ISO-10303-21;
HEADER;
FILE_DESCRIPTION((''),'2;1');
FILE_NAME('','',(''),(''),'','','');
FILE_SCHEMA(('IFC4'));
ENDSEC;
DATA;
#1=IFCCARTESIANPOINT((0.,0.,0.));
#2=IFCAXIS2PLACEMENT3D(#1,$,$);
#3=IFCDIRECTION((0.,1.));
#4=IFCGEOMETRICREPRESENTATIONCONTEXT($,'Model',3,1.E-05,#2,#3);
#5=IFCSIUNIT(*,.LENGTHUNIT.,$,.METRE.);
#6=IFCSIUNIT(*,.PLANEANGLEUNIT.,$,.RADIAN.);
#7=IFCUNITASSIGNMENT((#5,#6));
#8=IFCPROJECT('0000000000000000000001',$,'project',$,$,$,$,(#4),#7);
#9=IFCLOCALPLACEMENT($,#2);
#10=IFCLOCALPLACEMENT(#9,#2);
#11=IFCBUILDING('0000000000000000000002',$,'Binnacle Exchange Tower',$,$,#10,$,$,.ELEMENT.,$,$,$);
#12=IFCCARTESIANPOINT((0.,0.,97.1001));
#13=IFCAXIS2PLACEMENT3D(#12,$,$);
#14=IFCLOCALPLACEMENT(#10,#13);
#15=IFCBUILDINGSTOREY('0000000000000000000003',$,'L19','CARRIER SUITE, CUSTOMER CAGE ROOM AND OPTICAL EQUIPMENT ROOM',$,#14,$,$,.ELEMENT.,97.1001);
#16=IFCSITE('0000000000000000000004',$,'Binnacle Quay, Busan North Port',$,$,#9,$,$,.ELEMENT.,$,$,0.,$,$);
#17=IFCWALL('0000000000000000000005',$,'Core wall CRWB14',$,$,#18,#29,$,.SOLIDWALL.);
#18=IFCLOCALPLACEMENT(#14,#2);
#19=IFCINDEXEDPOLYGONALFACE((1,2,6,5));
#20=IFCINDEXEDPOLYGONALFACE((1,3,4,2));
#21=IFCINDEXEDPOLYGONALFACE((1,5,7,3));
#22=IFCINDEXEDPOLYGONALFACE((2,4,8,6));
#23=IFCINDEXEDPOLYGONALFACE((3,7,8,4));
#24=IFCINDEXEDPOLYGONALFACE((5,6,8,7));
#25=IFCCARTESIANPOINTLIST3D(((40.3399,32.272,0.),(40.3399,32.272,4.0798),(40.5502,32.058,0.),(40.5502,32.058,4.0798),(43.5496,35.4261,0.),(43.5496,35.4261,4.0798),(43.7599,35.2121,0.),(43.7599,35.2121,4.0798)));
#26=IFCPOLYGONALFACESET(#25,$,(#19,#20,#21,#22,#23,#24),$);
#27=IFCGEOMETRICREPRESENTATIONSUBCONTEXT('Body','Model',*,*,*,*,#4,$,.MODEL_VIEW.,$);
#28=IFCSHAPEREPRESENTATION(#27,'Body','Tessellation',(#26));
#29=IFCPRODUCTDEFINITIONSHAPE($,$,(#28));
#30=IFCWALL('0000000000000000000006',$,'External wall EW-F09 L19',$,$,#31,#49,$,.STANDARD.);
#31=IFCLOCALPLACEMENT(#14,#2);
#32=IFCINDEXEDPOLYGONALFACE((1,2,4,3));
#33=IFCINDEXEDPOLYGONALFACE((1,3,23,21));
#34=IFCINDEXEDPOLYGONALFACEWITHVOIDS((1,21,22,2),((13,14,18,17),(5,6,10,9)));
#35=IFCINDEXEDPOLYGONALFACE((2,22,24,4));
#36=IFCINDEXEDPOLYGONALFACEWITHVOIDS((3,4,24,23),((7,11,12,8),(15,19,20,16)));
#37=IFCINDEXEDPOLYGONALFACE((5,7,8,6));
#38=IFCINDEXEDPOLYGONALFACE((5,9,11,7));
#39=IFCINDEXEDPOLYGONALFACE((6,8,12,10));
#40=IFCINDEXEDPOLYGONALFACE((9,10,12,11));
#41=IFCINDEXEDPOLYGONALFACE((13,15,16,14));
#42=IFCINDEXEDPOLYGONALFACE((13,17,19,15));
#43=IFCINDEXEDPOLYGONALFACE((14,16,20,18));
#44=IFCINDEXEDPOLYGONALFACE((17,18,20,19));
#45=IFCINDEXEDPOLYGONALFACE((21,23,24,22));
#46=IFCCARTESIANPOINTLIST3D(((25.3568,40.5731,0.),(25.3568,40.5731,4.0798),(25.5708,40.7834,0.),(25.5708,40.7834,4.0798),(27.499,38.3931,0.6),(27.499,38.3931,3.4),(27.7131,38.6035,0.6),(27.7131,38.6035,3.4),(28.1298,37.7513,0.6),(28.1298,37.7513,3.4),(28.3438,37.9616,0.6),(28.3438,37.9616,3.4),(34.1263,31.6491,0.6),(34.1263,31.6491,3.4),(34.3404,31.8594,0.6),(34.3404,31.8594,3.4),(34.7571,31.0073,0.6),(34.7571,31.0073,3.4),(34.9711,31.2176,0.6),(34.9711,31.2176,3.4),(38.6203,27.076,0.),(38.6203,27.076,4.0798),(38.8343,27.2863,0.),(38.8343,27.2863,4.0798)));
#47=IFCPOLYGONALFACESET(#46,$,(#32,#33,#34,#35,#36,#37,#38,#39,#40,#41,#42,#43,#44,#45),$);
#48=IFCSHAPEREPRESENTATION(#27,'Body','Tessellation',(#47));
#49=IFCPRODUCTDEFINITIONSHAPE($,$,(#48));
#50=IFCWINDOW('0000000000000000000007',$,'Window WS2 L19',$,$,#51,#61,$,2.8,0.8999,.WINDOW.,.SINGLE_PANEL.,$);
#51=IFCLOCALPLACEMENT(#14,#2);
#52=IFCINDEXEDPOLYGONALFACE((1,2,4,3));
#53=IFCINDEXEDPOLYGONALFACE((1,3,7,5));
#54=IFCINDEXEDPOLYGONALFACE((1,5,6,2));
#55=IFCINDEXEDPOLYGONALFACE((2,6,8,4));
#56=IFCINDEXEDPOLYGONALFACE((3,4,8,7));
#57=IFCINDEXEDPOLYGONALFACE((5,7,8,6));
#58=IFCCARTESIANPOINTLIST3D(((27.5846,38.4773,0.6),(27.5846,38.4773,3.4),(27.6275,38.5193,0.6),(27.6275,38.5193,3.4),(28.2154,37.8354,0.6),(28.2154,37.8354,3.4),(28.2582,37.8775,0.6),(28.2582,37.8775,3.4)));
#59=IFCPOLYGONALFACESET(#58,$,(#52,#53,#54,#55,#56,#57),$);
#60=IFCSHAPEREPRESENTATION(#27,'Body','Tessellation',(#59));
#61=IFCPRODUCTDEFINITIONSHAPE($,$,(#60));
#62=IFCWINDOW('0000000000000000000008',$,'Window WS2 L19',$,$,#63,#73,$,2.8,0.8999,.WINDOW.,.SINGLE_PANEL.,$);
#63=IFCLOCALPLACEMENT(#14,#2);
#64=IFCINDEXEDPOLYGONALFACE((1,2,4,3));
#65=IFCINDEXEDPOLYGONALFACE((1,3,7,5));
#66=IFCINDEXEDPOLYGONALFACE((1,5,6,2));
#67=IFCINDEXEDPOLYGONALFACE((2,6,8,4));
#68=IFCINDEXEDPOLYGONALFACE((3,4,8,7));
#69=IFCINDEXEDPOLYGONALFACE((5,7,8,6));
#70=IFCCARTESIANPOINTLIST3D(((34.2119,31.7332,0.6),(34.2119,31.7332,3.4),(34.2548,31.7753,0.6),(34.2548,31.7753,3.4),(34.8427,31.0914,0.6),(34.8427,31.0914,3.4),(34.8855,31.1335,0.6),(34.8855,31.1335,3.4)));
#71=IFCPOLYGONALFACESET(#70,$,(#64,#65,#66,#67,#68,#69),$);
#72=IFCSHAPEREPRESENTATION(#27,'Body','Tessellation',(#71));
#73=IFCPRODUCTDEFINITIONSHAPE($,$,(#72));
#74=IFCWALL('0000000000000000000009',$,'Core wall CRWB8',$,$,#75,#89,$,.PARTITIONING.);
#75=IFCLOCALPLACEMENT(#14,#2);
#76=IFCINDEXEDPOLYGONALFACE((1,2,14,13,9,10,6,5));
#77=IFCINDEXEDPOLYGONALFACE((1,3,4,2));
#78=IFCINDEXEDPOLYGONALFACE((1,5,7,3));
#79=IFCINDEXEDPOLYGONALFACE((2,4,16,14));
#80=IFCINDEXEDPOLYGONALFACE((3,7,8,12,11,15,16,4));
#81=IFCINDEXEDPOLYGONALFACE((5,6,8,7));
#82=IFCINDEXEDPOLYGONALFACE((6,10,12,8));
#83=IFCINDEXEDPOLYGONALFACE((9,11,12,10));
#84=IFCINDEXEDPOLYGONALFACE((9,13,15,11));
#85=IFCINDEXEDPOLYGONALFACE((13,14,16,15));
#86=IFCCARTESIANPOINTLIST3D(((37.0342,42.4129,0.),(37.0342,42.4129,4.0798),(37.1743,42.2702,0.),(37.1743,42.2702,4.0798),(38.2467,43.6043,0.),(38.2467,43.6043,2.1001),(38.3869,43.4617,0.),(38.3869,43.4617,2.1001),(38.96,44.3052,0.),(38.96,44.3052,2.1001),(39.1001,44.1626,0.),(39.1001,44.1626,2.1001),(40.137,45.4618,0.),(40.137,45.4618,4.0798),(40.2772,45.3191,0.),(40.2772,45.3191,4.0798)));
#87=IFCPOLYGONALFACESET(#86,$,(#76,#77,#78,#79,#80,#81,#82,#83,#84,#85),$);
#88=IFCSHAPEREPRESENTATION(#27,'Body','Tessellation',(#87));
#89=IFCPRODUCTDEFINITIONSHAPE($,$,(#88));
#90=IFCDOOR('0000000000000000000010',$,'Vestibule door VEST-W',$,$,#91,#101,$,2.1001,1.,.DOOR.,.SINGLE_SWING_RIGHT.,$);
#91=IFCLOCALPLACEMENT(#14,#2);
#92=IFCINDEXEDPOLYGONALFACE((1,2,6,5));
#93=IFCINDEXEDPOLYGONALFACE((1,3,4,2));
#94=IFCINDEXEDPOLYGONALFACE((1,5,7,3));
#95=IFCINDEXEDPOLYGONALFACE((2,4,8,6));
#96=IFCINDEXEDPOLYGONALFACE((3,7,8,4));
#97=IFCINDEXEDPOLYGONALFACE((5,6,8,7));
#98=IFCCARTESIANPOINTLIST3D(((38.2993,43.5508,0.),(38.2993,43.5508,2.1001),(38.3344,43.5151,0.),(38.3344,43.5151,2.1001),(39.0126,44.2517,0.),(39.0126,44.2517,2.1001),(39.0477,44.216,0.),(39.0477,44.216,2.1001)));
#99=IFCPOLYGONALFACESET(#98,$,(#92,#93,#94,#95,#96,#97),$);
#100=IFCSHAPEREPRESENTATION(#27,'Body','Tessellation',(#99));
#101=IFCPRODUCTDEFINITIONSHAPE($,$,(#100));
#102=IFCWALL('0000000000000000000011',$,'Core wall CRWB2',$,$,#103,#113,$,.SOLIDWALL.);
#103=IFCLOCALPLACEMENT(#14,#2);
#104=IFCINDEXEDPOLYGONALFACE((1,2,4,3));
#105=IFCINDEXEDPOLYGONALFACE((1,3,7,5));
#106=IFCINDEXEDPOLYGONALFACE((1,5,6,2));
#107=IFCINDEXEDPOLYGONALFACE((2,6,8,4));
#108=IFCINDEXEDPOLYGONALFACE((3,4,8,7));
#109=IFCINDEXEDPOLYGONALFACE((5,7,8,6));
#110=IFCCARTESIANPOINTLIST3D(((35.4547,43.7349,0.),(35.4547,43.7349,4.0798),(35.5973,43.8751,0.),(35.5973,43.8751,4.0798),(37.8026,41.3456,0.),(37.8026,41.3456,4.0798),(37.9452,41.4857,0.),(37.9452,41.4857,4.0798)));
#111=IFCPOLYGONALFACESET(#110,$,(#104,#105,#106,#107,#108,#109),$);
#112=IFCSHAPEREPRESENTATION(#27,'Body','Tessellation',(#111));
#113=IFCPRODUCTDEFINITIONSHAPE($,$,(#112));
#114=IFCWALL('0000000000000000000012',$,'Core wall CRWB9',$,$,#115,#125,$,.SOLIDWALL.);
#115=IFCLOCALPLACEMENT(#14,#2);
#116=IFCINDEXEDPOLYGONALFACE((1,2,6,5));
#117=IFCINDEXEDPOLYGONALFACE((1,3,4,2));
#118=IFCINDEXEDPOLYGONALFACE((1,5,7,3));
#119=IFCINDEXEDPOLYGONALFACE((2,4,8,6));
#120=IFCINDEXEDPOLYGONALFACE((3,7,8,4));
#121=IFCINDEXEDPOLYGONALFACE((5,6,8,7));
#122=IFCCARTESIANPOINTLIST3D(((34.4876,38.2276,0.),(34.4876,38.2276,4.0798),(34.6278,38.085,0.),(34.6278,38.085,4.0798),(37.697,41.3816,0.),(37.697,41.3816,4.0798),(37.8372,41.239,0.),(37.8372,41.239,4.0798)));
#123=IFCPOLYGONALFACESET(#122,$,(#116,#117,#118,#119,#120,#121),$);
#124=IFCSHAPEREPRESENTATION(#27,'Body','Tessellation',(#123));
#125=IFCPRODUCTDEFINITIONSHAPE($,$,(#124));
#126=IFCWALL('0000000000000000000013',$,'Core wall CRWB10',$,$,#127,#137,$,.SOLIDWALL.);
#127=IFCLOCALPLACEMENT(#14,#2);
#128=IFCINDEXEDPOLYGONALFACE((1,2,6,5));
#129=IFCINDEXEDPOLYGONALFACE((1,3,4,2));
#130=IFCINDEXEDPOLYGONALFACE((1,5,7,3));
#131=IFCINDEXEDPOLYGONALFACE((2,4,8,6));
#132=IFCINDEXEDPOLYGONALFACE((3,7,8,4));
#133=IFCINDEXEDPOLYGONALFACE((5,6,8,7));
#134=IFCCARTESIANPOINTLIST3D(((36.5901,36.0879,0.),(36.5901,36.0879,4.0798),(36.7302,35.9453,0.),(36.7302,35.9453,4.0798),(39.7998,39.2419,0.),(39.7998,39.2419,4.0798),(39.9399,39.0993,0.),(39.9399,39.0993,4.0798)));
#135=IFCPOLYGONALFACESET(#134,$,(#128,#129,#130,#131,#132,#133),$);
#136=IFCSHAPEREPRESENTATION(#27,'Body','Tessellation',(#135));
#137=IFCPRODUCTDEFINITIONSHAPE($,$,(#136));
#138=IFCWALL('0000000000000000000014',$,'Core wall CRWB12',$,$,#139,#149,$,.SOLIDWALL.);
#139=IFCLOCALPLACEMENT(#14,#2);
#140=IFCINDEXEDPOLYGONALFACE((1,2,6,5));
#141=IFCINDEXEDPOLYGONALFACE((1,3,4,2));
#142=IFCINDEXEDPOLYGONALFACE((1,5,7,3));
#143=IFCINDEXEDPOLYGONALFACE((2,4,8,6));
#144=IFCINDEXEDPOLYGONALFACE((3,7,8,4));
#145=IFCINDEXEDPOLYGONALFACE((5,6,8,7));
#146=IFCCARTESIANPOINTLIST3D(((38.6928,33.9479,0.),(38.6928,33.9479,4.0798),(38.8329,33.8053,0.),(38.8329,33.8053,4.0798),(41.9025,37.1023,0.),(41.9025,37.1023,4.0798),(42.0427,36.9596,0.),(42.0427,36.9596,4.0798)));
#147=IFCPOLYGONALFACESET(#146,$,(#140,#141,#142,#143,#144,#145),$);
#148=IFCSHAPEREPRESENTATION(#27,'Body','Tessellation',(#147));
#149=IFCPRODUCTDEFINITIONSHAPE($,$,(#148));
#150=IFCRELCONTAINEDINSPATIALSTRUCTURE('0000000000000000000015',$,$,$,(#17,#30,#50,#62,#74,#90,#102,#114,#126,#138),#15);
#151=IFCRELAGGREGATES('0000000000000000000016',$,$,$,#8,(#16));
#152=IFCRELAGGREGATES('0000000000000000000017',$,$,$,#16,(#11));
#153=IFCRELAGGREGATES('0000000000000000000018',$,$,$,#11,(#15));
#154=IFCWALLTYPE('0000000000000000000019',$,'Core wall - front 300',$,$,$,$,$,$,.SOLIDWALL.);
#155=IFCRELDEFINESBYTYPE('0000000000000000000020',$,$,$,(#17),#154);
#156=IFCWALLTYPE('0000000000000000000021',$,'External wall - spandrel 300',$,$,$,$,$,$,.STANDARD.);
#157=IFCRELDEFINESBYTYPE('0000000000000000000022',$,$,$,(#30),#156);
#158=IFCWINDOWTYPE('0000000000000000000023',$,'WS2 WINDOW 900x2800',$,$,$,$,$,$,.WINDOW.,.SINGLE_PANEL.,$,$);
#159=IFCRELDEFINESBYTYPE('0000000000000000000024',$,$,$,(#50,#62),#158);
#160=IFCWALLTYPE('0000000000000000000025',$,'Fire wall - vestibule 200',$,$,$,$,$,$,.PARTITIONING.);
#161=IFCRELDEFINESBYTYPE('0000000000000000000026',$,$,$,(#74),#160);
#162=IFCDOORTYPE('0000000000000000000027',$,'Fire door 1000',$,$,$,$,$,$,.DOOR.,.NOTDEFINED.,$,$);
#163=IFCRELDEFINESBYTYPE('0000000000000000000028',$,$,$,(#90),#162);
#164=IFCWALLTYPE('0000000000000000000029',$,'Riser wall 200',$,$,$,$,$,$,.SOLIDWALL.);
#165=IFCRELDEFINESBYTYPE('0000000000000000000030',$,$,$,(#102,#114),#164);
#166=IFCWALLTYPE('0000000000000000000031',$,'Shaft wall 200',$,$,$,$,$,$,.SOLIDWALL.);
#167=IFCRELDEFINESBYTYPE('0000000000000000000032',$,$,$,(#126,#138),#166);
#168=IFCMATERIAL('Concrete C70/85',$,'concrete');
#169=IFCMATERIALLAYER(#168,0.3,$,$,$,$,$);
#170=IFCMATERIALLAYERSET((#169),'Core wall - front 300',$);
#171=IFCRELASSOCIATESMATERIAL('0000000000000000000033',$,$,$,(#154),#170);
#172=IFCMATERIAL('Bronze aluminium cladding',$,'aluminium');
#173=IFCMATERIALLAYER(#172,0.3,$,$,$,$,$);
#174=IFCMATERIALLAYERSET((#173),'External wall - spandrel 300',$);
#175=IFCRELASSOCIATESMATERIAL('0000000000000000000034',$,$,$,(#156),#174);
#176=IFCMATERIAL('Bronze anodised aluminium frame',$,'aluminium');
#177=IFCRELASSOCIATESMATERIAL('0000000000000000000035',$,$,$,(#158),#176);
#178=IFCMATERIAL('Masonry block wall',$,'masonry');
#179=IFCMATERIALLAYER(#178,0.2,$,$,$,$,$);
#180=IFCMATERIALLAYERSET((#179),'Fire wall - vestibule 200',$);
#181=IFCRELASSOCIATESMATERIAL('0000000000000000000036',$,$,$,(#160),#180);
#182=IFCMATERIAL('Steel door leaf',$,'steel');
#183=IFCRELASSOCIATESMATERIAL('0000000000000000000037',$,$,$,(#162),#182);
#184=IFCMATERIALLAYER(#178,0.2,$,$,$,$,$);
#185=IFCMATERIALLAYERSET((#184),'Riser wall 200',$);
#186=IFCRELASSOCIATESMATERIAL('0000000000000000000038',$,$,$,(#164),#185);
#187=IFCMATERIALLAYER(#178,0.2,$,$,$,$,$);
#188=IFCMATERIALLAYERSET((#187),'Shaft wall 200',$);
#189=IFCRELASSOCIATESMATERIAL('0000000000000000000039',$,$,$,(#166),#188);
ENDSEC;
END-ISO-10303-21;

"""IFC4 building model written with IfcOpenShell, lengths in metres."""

from ifc_helpers import new_model, si_unit, direction, frame, frame_2d, origin, place, context, subcontext, project, spatial, rectangle, extrude, material, layer, layer_set, type_object, element, fill, save


model = new_model("IFC4")

# Units and contexts
model_context = context("Model", 3, precision=1e-05, world=origin(), true_north=direction((0.0, 1.0)))
body_context = subcontext(model_context, "Body", "Model", "MODEL_VIEW")
ifc_project = project(units=[si_unit("LENGTHUNIT", "METRE"), si_unit("PLANEANGLEUNIT", "RADIAN")], contexts=[model_context])

# Site, building, storey
site_placement = place(None, origin())
site = spatial("IfcSite", under=ifc_project, at=site_placement, Name="Binnacle Quay, Busan North Port", CompositionType="ELEMENT", RefElevation=0.0)
building_placement = place(site_placement, origin())
building = spatial("IfcBuilding", under=site, at=building_placement, Name="Binnacle Exchange Tower", CompositionType="ELEMENT")
storey_placement = place(building_placement, frame((0.0, 0.0, 97.1001)))
storey = spatial("IfcBuildingStorey", under=building, at=storey_placement, Name="L19", Description="CARRIER SUITE, CUSTOMER CAGE ROOM AND OPTICAL EQUIPMENT ROOM", CompositionType="ELEMENT", Elevation=97.1001)

# Shared definitions
ifc_material_1 = material(Name="Concrete C70/85", Category="concrete")

# Shared definitions
ifc_layer_1 = layer(ifc_material_1, 0.3)
ifc_layer_set_1 = layer_set([ifc_layer_1], Name="Core wall - front 300")
wall_type_1 = type_object("IfcWallType", Name="Core wall - front 300", PredefinedType="SOLIDWALL", material=ifc_layer_set_1)
ifc_material_2 = material(Name="Steel door leaf", Category="steel")

# Wall
wall_1_placement = place(storey_placement, frame((40.4451, 32.165, 0.0), z_axis=(0.0, 0.0, 1.0), x_axis=(0.713265, 0.700895, 0.0)))
element("IfcWall", 1, at=wall_1_placement, inside=storey, type_object=wall_type_1, Name="Core wall CRWB14", PredefinedType="SOLIDWALL", context=body_context, shape_type="SweptSolid", body=[
    extrude(rectangle(XDim=4.5, YDim=0.3, at=frame_2d((2.25, 0.0))), origin(), (0.0, 0.0, 1.0), 4.0798),
])

# Wall, openings, windows
ifc_material_3 = material(Name="Bronze aluminium cladding", Category="aluminium")
ifc_layer_2 = layer(ifc_material_3, 0.3)
ifc_layer_set_2 = layer_set([ifc_layer_2], Name="External wall - spandrel 300")
wall_type_2 = type_object("IfcWallType", Name="External wall - spandrel 300", PredefinedType="STANDARD", material=ifc_layer_set_2)
wall_2_placement = place(storey_placement, frame((38.7273, 27.1812, 0.0), z_axis=(0.0, 0.0, 1.0), x_axis=(-0.700906, 0.713253, 0.0)))
wall_2 = element("IfcWall", 2, at=wall_2_placement, inside=storey, type_object=wall_type_2, Name="External wall EW-F09 L19", PredefinedType="STANDARD", context=body_context, shape_type="SweptSolid", body=[
    extrude(rectangle(XDim=18.9233, YDim=0.3, at=frame_2d((9.4617, 0.0))), origin(), (0.0, 0.0, 1.0), 4.0798),
])
opening_1_placement = place(wall_2_placement, frame((14.967, 0.0, 0.6001)))
opening_1 = element("IfcOpeningElement", 3, at=opening_1_placement, cuts=wall_2, PredefinedType="OPENING", context=body_context, shape_type="SweptSolid", body=[
    extrude(rectangle(XDim=0.8999, YDim=2.8, at=frame_2d((0.45, 1.3999))), frame((0.0, 0.1599, 0.0), z_axis=(0.0, -1.0, 0.0), x_axis=(1.0, 0.0, 0.0)), (0.0, 0.0, 1.0), 0.3201),
])
opening_2_placement = place(wall_2_placement, frame((5.5117, 0.0, 0.6001)))
opening_2 = element("IfcOpeningElement", 4, at=opening_2_placement, cuts=wall_2, PredefinedType="OPENING", context=body_context, shape_type="SweptSolid", body=[
    extrude(rectangle(XDim=0.8999, YDim=2.8, at=frame_2d((0.45, 1.3999))), frame((0.0, 0.1599, 0.0), z_axis=(0.0, -1.0, 0.0), x_axis=(1.0, 0.0, 0.0)), (0.0, 0.0, 1.0), 0.3201),
])
ifc_material_4 = material(Name="Bronze anodised aluminium frame", Category="aluminium")
window_type = type_object("IfcWindowType", Name="WS2 WINDOW 900x2800", PartitioningType="SINGLE_PANEL", PredefinedType="WINDOW", material=ifc_material_4)
window_1_placement = place(opening_1_placement, origin())
window_1 = element("IfcWindow", 5, at=window_1_placement, inside=storey, type_object=window_type, Name="Window WS2 L19", OverallHeight=2.8, OverallWidth=0.8999, PartitioningType="SINGLE_PANEL", PredefinedType="WINDOW", context=body_context, shape_type="SweptSolid", body=[
    extrude(rectangle(XDim=0.8999, YDim=2.8, at=frame_2d((0.45, 1.3999))), frame((0.0, 0.03, 0.0), z_axis=(0.0, -1.0, 0.0), x_axis=(1.0, 0.0, 0.0)), (0.0, 0.0, 1.0), 0.0601),
])
fill(opening_1, window_1)
window_2_placement = place(opening_2_placement, origin())
window_2 = element("IfcWindow", 6, at=window_2_placement, inside=storey, type_object=window_type, Name="Window WS2 L19", OverallHeight=2.8, OverallWidth=0.8999, PartitioningType="SINGLE_PANEL", PredefinedType="WINDOW", context=body_context, shape_type="SweptSolid", body=[
    extrude(rectangle(XDim=0.8999, YDim=2.8, at=frame_2d((0.45, 1.3999))), frame((0.0, 0.03, 0.0), z_axis=(0.0, -1.0, 0.0), x_axis=(1.0, 0.0, 0.0)), (0.0, 0.0, 1.0), 0.0601),
])
fill(opening_2, window_2)

# Wall, opening, door
ifc_material_5 = material(Name="Masonry block wall", Category="masonry")
ifc_layer_3 = layer(ifc_material_5, 0.2)
ifc_layer_set_3 = layer_set([ifc_layer_3], Name="Fire wall - vestibule 200")
wall_type_3 = type_object("IfcWallType", Name="Fire wall - vestibule 200", PredefinedType="PARTITIONING", material=ifc_layer_set_3)
wall_3_placement = place(storey_placement, frame((37.1042, 42.3416, 0.0), z_axis=(0.0, 0.0, 1.0), x_axis=(0.713281, 0.700878, 0.0)))
wall_3 = element("IfcWall", 7, at=wall_3_placement, inside=storey, type_object=wall_type_3, Name="Core wall CRWB8", PredefinedType="PARTITIONING", context=body_context, shape_type="SweptSolid", body=[
    extrude(rectangle(XDim=4.3501, YDim=0.2, at=frame_2d((2.175, 0.0))), origin(), (0.0, 0.0, 1.0), 4.0798),
])
opening_3_placement = place(wall_3_placement, frame((1.7, 0.0, 0.0)))
opening_3 = element("IfcOpeningElement", 8, at=opening_3_placement, cuts=wall_3, PredefinedType="OPENING", context=body_context, shape_type="SweptSolid", body=[
    extrude(rectangle(XDim=1.0, YDim=2.1001, at=frame_2d((0.5, 1.05))), frame((0.0, 0.1099, 0.0), z_axis=(0.0, -1.0, 0.0), x_axis=(1.0, 0.0, 0.0)), (0.0, 0.0, 1.0), 0.22),
])
door_type_1 = type_object("IfcDoorType", Name="Fire door 1000", OperationType="NOTDEFINED", PredefinedType="DOOR", material=ifc_material_2)
door_1_placement = place(opening_3_placement, origin())
door_1 = element("IfcDoor", 9, at=door_1_placement, inside=storey, type_object=door_type_1, Name="Vestibule door VEST-W", OperationType="SINGLE_SWING_RIGHT", OverallHeight=2.1001, OverallWidth=1.0, PredefinedType="DOOR", context=body_context, shape_type="SweptSolid", body=[
    extrude(rectangle(XDim=1.0, YDim=2.1001, at=frame_2d((0.5, 1.05))), frame((0.0, 0.0249, 0.0), z_axis=(0.0, -1.0, 0.0), x_axis=(1.0, 0.0, 0.0)), (0.0, 0.0, 1.0), 0.05),
])
fill(opening_3, door_1)

# Walls
ifc_layer_4 = layer(ifc_material_5, 0.2)
ifc_layer_set_4 = layer_set([ifc_layer_4], Name="Riser wall 200")
wall_type_4 = type_object("IfcWallType", Name="Riser wall 200", PredefinedType="SOLIDWALL", material=ifc_layer_set_4)
wall_4_placement = place(storey_placement, frame((35.5261, 43.8049, 0.0), z_axis=(0.0, 0.0, 1.0), x_axis=(0.700885, -0.713274, 0.0)))
element("IfcWall", 10, at=wall_4_placement, inside=storey, type_object=wall_type_4, Name="Core wall CRWB2", PredefinedType="SOLIDWALL", context=body_context, shape_type="SweptSolid", body=[
    extrude(rectangle(XDim=3.3499, YDim=0.2, at=frame_2d((1.6748, 0.0))), origin(), (0.0, 0.0, 1.0), 4.0798),
])
wall_5_placement = place(storey_placement, frame((34.5576, 38.1562, 0.0), z_axis=(0.0, 0.0, 1.0), x_axis=(0.713238, 0.700922, 0.0)))
element("IfcWall", 11, at=wall_5_placement, inside=storey, type_object=wall_type_4, Name="Core wall CRWB9", PredefinedType="SOLIDWALL", context=body_context, shape_type="SweptSolid", body=[
    extrude(rectangle(XDim=4.4998, YDim=0.2, at=frame_2d((2.25, 0.0))), origin(), (0.0, 0.0, 1.0), 4.0798),
])
ifc_layer_5 = layer(ifc_material_5, 0.2)
ifc_layer_set_5 = layer_set([ifc_layer_5], Name="Shaft wall 200")
wall_type_5 = type_object("IfcWallType", Name="Shaft wall 200", PredefinedType="SOLIDWALL", material=ifc_layer_set_5)
wall_6_placement = place(storey_placement, frame((36.6602, 36.0166, 0.0), z_axis=(0.0, 0.0, 1.0), x_axis=(0.713265, 0.700895, 0.0)))
element("IfcWall", 12, at=wall_6_placement, inside=storey, type_object=wall_type_5, Name="Core wall CRWB10", PredefinedType="SOLIDWALL", context=body_context, shape_type="SweptSolid", body=[
    extrude(rectangle(XDim=4.5, YDim=0.2, at=frame_2d((2.25, 0.0))), origin(), (0.0, 0.0, 1.0), 4.0798),
])
wall_7_placement = place(storey_placement, frame((38.7629, 33.8767, 0.0), z_axis=(0.0, 0.0, 1.0), x_axis=(0.713237, 0.700922, 0.0)))
element("IfcWall", 13, at=wall_7_placement, inside=storey, type_object=wall_type_5, Name="Core wall CRWB12", PredefinedType="SOLIDWALL", context=body_context, shape_type="SweptSolid", body=[
    extrude(rectangle(XDim=4.5002, YDim=0.2, at=frame_2d((2.25, 0.0))), origin(), (0.0, 0.0, 1.0), 4.0798),
])

save(model, "model.ifc")
